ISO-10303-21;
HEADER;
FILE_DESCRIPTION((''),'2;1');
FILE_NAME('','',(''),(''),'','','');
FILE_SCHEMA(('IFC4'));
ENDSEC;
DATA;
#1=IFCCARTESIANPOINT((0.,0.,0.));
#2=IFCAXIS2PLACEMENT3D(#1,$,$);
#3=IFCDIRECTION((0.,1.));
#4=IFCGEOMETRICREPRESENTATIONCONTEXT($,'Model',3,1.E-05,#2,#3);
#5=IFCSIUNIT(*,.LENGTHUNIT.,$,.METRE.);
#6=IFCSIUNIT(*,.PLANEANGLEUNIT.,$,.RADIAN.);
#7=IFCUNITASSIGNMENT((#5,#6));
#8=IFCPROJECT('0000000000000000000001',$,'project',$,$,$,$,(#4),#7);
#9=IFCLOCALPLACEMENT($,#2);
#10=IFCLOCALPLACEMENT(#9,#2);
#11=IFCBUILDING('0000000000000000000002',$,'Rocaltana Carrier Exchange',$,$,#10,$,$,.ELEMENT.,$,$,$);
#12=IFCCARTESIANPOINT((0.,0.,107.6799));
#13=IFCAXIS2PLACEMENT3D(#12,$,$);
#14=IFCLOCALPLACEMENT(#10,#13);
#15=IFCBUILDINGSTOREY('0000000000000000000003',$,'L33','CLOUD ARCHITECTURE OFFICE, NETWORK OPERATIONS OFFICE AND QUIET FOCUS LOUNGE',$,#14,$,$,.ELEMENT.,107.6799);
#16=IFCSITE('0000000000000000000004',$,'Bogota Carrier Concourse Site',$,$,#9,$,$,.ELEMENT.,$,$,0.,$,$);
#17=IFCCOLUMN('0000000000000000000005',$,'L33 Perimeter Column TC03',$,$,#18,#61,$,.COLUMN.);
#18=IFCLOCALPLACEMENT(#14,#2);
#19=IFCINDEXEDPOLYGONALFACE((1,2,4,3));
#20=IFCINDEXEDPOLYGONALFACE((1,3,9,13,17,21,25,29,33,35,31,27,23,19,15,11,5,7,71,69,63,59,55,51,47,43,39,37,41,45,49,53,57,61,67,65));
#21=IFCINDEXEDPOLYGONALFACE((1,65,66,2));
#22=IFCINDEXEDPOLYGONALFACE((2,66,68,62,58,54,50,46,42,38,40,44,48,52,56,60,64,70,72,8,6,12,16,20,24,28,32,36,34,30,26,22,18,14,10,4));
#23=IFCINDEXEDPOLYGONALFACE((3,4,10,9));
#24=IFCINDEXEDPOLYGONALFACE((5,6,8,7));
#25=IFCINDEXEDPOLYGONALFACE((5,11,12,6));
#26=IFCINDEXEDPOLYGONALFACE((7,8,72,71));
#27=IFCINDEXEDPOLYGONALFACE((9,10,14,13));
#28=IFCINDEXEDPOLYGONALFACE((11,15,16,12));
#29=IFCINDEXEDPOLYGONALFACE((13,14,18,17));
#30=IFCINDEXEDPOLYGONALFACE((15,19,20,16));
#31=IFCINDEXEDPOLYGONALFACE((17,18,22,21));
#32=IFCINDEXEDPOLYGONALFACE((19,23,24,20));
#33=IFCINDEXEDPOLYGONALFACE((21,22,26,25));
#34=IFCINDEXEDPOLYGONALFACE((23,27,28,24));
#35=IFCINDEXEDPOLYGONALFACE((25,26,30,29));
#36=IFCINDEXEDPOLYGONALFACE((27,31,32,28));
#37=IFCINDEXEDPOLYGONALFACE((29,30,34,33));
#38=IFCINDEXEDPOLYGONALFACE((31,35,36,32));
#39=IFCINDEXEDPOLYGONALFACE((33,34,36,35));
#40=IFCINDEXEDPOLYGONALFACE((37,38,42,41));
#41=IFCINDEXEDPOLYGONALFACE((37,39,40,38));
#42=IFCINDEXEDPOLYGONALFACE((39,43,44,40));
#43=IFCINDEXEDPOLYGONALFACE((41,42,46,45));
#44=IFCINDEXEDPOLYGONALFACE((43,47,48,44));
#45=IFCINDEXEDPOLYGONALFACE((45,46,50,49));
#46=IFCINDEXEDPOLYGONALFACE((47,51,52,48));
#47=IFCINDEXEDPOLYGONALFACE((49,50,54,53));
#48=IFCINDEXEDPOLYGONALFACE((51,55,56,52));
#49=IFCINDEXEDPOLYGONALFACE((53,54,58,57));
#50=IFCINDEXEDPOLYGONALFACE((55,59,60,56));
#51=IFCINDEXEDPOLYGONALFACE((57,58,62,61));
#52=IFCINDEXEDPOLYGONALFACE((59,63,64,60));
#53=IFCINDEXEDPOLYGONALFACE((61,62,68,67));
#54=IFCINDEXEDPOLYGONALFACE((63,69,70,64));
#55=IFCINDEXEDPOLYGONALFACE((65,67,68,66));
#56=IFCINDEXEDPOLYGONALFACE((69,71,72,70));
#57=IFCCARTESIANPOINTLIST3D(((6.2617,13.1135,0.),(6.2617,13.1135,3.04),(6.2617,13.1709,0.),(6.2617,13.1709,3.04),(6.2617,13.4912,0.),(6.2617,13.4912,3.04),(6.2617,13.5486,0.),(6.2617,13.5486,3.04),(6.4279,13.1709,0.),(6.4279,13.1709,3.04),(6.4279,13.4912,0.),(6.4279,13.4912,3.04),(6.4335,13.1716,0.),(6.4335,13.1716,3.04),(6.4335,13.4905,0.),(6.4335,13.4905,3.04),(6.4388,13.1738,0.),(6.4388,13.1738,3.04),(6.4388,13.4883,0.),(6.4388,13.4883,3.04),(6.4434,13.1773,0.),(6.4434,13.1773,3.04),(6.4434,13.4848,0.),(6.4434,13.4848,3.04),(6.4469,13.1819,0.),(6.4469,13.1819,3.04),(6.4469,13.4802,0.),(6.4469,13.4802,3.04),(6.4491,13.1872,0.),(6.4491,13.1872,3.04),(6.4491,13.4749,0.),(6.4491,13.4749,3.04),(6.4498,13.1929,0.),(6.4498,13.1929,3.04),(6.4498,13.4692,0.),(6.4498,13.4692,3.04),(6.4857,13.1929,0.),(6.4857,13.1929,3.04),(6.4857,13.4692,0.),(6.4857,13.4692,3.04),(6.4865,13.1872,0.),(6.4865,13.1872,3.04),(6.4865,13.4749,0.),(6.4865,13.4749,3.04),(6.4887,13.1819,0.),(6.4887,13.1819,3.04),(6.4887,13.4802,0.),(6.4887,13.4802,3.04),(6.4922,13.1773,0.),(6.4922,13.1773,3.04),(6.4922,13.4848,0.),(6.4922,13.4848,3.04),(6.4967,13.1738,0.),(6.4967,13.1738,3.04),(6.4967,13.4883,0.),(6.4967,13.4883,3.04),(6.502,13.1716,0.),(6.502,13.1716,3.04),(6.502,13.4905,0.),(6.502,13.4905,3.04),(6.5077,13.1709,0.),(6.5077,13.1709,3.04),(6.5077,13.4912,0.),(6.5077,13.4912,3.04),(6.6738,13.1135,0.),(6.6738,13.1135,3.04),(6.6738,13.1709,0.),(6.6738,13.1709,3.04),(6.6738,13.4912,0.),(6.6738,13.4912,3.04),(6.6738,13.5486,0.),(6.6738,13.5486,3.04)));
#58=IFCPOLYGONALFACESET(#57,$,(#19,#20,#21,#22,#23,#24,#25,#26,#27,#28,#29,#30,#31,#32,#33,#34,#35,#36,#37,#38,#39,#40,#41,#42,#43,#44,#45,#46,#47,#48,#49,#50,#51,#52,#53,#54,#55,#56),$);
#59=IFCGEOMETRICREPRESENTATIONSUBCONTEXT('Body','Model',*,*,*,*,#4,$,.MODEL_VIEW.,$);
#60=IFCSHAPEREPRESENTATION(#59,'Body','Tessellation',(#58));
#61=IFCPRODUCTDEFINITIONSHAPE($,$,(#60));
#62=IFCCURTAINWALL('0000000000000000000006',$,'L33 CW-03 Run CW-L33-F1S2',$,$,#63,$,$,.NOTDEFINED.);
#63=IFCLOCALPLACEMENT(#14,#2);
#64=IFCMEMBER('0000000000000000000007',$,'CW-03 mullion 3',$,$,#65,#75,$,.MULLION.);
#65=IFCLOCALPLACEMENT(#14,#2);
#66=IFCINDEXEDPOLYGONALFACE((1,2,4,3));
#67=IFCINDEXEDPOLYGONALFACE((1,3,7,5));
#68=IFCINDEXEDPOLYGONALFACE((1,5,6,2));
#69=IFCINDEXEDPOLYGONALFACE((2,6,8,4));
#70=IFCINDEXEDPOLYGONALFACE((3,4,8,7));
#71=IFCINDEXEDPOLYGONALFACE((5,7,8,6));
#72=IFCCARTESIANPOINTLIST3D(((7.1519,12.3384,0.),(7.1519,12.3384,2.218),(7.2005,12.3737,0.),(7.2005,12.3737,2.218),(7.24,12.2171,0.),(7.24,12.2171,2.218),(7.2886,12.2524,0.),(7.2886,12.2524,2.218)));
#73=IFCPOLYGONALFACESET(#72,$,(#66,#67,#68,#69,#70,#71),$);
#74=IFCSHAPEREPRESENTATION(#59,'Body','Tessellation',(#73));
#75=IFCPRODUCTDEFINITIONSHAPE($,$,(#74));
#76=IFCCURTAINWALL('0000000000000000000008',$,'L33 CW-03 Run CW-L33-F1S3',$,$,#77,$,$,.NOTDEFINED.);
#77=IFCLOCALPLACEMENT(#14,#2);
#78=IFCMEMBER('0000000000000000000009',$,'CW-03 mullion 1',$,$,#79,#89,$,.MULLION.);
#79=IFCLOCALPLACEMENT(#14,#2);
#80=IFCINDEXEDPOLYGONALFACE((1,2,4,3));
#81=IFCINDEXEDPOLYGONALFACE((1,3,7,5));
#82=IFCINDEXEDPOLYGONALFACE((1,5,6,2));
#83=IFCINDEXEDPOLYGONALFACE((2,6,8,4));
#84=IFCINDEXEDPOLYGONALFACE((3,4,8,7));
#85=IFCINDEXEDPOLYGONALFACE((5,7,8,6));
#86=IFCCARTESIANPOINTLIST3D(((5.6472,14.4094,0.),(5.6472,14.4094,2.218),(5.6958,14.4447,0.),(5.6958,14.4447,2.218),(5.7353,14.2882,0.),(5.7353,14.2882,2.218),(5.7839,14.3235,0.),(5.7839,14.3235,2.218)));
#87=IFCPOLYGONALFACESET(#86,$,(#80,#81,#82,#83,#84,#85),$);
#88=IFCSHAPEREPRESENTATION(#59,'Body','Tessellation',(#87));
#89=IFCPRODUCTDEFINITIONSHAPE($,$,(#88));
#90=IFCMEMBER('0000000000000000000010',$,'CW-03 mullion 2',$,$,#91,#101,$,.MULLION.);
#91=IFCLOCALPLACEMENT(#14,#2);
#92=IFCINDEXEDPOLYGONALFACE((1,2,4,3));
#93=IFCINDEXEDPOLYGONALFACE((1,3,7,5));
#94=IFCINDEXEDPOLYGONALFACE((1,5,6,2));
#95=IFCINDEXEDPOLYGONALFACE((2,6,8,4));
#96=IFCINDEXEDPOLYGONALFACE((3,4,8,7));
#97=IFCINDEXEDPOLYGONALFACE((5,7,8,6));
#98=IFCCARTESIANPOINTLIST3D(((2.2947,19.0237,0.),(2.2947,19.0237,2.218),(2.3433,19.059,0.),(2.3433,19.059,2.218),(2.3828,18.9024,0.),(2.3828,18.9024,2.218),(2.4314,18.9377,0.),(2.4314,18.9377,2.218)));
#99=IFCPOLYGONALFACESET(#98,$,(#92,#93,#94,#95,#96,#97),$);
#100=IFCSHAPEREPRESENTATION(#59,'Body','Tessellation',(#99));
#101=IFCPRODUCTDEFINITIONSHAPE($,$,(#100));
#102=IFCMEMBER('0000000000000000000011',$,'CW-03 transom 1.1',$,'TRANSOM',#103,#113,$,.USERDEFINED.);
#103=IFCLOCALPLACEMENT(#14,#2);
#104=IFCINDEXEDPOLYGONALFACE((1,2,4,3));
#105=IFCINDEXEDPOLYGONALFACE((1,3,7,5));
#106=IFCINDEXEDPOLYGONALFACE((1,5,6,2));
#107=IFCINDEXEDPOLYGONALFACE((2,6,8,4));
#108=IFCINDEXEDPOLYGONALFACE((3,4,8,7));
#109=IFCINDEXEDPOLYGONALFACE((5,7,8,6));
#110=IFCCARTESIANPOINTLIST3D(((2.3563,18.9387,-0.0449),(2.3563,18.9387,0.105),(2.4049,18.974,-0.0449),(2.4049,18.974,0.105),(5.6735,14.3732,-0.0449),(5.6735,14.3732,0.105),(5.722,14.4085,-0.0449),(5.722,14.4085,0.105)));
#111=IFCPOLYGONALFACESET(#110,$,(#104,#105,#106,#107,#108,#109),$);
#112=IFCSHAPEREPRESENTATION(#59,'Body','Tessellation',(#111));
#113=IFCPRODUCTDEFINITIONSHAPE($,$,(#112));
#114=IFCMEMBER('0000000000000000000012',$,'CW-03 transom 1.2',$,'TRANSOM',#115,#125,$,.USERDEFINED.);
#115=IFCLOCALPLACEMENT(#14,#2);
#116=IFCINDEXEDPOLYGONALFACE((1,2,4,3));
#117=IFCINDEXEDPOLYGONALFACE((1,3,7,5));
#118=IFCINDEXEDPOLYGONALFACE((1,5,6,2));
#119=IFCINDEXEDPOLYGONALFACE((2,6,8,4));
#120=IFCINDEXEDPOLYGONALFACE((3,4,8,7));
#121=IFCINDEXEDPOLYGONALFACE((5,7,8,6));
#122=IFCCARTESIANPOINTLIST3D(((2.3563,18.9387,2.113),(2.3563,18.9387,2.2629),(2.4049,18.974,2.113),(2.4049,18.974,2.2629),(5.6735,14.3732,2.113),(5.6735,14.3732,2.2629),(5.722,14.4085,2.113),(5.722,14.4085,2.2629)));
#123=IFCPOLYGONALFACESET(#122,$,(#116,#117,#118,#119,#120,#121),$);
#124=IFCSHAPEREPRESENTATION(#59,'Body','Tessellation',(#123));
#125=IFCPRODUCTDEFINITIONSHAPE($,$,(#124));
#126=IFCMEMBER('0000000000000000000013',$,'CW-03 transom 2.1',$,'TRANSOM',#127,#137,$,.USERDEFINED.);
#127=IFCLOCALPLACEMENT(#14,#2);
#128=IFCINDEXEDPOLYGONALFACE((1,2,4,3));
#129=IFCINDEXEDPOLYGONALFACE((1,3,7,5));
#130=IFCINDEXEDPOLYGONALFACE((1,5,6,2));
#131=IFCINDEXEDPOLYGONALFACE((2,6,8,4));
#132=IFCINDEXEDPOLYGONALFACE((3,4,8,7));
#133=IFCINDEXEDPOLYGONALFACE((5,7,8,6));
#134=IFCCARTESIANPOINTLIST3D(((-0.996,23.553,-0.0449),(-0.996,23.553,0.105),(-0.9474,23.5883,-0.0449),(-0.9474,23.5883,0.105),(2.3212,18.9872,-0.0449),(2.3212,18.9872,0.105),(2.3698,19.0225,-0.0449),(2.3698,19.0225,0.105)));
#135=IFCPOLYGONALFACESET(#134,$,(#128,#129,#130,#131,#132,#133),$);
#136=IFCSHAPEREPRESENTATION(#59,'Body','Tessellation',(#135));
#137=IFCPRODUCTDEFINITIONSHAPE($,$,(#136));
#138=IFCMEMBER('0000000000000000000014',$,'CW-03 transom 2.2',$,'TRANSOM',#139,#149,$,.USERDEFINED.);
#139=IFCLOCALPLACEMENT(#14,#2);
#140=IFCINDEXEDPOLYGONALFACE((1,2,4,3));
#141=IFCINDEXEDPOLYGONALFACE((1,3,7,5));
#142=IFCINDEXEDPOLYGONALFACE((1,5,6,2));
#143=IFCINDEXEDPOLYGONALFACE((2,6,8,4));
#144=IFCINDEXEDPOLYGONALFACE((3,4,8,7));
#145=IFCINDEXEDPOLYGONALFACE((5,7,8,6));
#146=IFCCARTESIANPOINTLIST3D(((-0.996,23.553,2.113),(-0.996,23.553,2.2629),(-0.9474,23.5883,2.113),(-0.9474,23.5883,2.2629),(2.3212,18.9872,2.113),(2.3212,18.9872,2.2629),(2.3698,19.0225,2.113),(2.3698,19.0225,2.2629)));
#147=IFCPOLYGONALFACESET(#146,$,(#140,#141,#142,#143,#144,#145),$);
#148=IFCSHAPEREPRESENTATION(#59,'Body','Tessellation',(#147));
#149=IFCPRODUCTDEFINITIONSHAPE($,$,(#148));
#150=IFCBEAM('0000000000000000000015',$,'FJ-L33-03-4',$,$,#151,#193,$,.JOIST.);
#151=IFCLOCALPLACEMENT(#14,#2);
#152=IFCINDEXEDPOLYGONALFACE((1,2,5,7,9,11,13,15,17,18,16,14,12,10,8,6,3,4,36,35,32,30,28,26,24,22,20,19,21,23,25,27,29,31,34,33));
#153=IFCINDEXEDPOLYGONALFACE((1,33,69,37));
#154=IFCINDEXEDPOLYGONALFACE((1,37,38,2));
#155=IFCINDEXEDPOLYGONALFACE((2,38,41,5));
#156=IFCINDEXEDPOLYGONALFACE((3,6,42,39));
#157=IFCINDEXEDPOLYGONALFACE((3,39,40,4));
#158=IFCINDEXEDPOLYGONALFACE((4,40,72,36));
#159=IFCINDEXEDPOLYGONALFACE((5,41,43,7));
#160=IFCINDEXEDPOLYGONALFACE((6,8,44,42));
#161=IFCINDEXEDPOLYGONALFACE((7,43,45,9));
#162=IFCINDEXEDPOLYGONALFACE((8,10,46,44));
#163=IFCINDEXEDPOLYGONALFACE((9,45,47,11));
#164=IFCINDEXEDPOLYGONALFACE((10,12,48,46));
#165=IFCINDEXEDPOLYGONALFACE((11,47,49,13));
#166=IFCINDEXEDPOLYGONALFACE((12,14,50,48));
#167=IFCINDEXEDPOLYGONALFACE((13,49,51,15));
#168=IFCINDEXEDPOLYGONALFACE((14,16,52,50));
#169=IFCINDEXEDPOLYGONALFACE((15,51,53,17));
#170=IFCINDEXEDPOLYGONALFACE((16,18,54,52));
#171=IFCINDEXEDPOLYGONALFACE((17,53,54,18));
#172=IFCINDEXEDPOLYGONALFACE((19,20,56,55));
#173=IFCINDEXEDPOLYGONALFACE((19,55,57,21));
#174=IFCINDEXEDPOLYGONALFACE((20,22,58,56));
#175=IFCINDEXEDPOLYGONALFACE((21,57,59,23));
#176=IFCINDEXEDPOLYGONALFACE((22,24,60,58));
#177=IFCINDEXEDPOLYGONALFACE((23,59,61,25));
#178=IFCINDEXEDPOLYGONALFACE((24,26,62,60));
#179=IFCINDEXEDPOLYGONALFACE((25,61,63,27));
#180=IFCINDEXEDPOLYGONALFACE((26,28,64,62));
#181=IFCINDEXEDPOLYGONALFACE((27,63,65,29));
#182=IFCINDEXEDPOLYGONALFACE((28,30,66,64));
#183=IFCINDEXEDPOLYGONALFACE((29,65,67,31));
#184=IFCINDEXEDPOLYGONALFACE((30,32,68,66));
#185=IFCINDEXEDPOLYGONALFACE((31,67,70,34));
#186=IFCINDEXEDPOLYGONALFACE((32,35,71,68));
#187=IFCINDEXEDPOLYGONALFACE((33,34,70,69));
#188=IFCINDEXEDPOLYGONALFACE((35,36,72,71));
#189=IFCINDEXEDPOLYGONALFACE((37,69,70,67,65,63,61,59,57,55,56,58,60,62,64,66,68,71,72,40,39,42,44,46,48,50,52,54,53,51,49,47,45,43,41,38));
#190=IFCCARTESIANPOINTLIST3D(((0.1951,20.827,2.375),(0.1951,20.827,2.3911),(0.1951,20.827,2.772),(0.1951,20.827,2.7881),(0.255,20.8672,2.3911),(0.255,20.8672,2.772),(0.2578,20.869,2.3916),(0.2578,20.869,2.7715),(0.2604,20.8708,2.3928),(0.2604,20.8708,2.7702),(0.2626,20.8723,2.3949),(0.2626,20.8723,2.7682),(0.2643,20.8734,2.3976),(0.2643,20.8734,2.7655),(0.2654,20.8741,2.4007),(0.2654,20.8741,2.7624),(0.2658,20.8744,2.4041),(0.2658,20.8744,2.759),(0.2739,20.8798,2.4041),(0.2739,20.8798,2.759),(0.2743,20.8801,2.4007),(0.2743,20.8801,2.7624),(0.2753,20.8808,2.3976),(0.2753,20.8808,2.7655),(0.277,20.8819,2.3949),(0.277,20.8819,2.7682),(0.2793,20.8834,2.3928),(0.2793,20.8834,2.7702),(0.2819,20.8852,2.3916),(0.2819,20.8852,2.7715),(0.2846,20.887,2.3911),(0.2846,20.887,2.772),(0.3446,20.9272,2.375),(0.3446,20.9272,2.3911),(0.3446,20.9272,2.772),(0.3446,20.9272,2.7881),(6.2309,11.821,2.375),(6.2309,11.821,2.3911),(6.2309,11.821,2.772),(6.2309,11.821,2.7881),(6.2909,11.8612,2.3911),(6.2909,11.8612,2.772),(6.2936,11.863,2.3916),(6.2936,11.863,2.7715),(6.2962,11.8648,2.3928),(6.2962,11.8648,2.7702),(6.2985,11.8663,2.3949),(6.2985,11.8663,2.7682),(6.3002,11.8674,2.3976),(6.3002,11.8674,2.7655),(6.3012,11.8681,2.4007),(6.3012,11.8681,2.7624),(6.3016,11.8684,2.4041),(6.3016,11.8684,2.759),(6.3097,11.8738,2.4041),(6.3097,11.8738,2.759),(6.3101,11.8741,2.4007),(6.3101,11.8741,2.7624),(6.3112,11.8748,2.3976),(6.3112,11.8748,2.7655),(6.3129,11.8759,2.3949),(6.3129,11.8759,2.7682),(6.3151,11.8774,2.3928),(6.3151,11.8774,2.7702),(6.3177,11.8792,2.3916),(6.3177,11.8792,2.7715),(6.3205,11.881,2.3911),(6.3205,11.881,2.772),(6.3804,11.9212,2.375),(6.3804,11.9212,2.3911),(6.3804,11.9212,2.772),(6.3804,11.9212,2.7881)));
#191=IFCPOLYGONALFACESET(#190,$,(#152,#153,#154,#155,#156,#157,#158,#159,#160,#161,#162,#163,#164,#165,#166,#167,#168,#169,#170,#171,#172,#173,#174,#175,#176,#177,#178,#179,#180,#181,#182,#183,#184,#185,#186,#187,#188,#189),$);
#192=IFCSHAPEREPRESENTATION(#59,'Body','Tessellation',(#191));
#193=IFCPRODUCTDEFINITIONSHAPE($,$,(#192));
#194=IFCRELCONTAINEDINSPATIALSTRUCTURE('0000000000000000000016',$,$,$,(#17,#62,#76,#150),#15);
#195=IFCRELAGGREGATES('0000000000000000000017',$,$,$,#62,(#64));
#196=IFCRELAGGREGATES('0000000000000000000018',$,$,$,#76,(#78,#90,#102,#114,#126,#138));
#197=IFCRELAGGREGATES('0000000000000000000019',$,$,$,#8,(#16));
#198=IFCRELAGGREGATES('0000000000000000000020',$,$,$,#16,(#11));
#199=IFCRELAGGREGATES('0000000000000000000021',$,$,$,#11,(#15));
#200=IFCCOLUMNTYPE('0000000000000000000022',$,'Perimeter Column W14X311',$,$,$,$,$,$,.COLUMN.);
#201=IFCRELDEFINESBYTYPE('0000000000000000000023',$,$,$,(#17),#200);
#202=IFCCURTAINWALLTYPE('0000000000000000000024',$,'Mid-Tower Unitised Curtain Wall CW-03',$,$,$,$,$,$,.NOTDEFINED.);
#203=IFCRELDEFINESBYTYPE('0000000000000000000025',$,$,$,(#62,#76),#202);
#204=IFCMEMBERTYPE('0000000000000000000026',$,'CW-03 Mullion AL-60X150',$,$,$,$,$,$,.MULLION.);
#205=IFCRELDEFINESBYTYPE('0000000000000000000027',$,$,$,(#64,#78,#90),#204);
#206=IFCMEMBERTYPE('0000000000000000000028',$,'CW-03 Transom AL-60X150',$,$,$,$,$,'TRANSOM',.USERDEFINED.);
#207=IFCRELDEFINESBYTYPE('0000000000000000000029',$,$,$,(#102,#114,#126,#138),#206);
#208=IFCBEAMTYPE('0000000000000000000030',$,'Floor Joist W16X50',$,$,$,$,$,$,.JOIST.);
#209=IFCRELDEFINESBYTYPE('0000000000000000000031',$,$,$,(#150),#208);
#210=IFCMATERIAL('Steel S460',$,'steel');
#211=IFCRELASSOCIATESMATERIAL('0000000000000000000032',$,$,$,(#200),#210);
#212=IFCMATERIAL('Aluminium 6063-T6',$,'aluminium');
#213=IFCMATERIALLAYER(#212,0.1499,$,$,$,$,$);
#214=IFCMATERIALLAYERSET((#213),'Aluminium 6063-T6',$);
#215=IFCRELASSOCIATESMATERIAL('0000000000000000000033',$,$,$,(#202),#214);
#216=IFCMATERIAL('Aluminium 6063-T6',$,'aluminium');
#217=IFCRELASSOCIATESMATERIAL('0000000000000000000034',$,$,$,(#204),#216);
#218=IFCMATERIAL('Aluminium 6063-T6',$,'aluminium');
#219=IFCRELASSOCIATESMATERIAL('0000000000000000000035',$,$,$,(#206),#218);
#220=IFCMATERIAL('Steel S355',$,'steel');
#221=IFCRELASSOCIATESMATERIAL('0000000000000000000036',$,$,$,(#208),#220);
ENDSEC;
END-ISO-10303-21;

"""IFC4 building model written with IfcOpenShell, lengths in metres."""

from ifc_helpers import new_model, si_unit, direction, frame, origin, origin_2d, place, context, subcontext, project, spatial, rectangle, i_section, extrude, material, layer, layer_set, material_profile, profile_set, type_object, element, aggregate, save


model = new_model("IFC4")

# Units and contexts
model_context = context("Model", 3, precision=1e-05, world=origin(), true_north=direction((0.0, 1.0)))
body_context = subcontext(model_context, "Body", "Model", "MODEL_VIEW")
ifc_project = project(units=[si_unit("LENGTHUNIT", "METRE"), si_unit("PLANEANGLEUNIT", "RADIAN")], contexts=[model_context])

# Site, building, storey
site_placement = place(None, origin())
site = spatial("IfcSite", under=ifc_project, at=site_placement, Name="Bogota Carrier Concourse Site", CompositionType="ELEMENT", RefElevation=0.0)
building_placement = place(site_placement, origin())
building = spatial("IfcBuilding", under=site, at=building_placement, Name="Rocaltana Carrier Exchange", CompositionType="ELEMENT")
storey_placement = place(building_placement, frame((0.0, 0.0, 107.6799)))
storey = spatial("IfcBuildingStorey", under=building, at=storey_placement, Name="L33", Description="CLOUD ARCHITECTURE OFFICE, NETWORK OPERATIONS OFFICE AND QUIET FOCUS LOUNGE", CompositionType="ELEMENT", Elevation=107.6799)

# Column
ifc_material_1 = material(Name="Steel S460", Category="steel")
ifc_material_profile_1 = material_profile(ifc_material_1, i_section(OverallWidth=0.4121, OverallDepth=0.4351, WebThickness=0.0359, FlangeThickness=0.0574, FilletRadius=0.022, at=origin_2d()), Name="W14X311")
ifc_profile_set_1 = profile_set([ifc_material_profile_1], Name="Steel S460")
column_type = type_object("IfcColumnType", Name="Perimeter Column W14X311", PredefinedType="COLUMN", material=ifc_profile_set_1)
column_placement = place(storey_placement, frame((6.4678, 13.3311, 0.0), z_axis=(0.0, 0.0, 1.0), x_axis=(1.0, 0.0, 0.0)))
element("IfcColumn", 1, at=column_placement, inside=storey, type_object=column_type, Name="L33 Perimeter Column TC03", PredefinedType="COLUMN", context=body_context, shape_type="SweptSolid", body=[
    extrude(i_section(OverallWidth=0.4121, OverallDepth=0.4351, WebThickness=0.0359, FlangeThickness=0.0574, FilletRadius=0.022, at=origin_2d()), origin(), (0.0, 0.0, 1.0), 3.04),
])

# Curtain wall, member
ifc_material_2 = material(Name="Aluminium 6063-T6", Category="aluminium")
ifc_layer_1 = layer(ifc_material_2, 0.1499)
ifc_layer_set_1 = layer_set([ifc_layer_1], Name="Aluminium 6063-T6")
curtain_wall_type = type_object("IfcCurtainWallType", Name="Mid-Tower Unitised Curtain Wall CW-03", PredefinedType="NOTDEFINED", material=ifc_layer_set_1)
curtain_wall_1_placement = place(storey_placement, origin())
curtain_wall_1 = element("IfcCurtainWall", 2, at=curtain_wall_1_placement, inside=storey, type_object=curtain_wall_type, Name="L33 CW-03 Run CW-L33-F1S2", PredefinedType="NOTDEFINED")
ifc_material_3 = material(Name="Aluminium 6063-T6", Category="aluminium")
ifc_material_profile_2 = material_profile(ifc_material_3, rectangle(XDim=0.0601, YDim=0.1499, at=origin_2d()), Name="AL-60X150")
ifc_profile_set_2 = profile_set([ifc_material_profile_2], Name="Aluminium 6063-T6")
member_type_1 = type_object("IfcMemberType", Name="CW-03 Mullion AL-60X150", PredefinedType="MULLION", material=ifc_profile_set_2)
member_1_placement = place(storey_placement, frame((7.2202, 12.2954, 0.0), z_axis=(0.0, 0.0, 1.0), x_axis=(-0.809014, -0.58779, 0.0)))
member_1 = element("IfcMember", 3, at=member_1_placement, type_object=member_type_1, Name="CW-03 mullion 3", PredefinedType="MULLION", context=body_context, shape_type="SweptSolid", body=[
    extrude(rectangle(XDim=0.0601, YDim=0.1499, at=origin_2d()), origin(), (0.0, 0.0, 1.0), 2.218),
])

# Curtain wall, members
curtain_wall_2_placement = place(storey_placement, origin())
curtain_wall_2 = element("IfcCurtainWall", 4, at=curtain_wall_2_placement, inside=storey, type_object=curtain_wall_type, Name="L33 CW-03 Run CW-L33-F1S3", PredefinedType="NOTDEFINED")
member_2_placement = place(storey_placement, frame((5.7156, 14.3665, 0.0), z_axis=(0.0, 0.0, 1.0), x_axis=(-0.809014, -0.58779, 0.0)))
member_2 = element("IfcMember", 5, at=member_2_placement, type_object=member_type_1, Name="CW-03 mullion 1", PredefinedType="MULLION", context=body_context, shape_type="SweptSolid", body=[
    extrude(rectangle(XDim=0.0601, YDim=0.1499, at=origin_2d()), origin(), (0.0, 0.0, 1.0), 2.218),
])
member_3_placement = place(storey_placement, frame((2.363, 18.9807, 0.0), z_axis=(0.0, 0.0, 1.0), x_axis=(-0.809014, -0.58779, 0.0)))
member_3 = element("IfcMember", 6, at=member_3_placement, type_object=member_type_1, Name="CW-03 mullion 2", PredefinedType="MULLION", context=body_context, shape_type="SweptSolid", body=[
    extrude(rectangle(XDim=0.0601, YDim=0.1499, at=origin_2d()), origin(), (0.0, 0.0, 1.0), 2.218),
])
ifc_material_4 = material(Name="Aluminium 6063-T6", Category="aluminium")
ifc_material_profile_3 = material_profile(ifc_material_4, rectangle(XDim=0.0601, YDim=0.1499, at=origin_2d()), Name="AL-60X150")
ifc_profile_set_3 = profile_set([ifc_material_profile_3], Name="Aluminium 6063-T6")
member_type_2 = type_object("IfcMemberType", Name="CW-03 Transom AL-60X150", ElementType="TRANSOM", PredefinedType="USERDEFINED", material=ifc_profile_set_3)
member_4_placement = place(storey_placement, frame((5.6978, 14.3909, 0.03), z_axis=(-0.587804, 0.809004, 0.0), x_axis=(-0.809004, -0.587804, 0.0)))
member_4 = element("IfcMember", 7, at=member_4_placement, type_object=member_type_2, Name="CW-03 transom 1.1", ObjectType="TRANSOM", PredefinedType="USERDEFINED", context=body_context, shape_type="SweptSolid", body=[
    extrude(rectangle(XDim=0.0601, YDim=0.1499, at=origin_2d()), origin(), (0.0, 0.0, 1.0), 5.6433),
])
member_5_placement = place(storey_placement, frame((5.6978, 14.3909, 2.188), z_axis=(-0.587804, 0.809004, 0.0), x_axis=(-0.809004, -0.587804, 0.0)))
member_5 = element("IfcMember", 8, at=member_5_placement, type_object=member_type_2, Name="CW-03 transom 1.2", ObjectType="TRANSOM", PredefinedType="USERDEFINED", context=body_context, shape_type="SweptSolid", body=[
    extrude(rectangle(XDim=0.0601, YDim=0.1499, at=origin_2d()), origin(), (0.0, 0.0, 1.0), 5.6433),
])
member_6_placement = place(storey_placement, frame((2.3455, 19.0049, 0.03), z_axis=(-0.587783, 0.809018, 0.0), x_axis=(-0.809018, -0.587783, 0.0)))
member_6 = element("IfcMember", 9, at=member_6_placement, type_object=member_type_2, Name="CW-03 transom 2.1", ObjectType="TRANSOM", PredefinedType="USERDEFINED", context=body_context, shape_type="SweptSolid", body=[
    extrude(rectangle(XDim=0.0601, YDim=0.1499, at=origin_2d()), origin(), (0.0, 0.0, 1.0), 5.6436),
])
member_7_placement = place(storey_placement, frame((2.3455, 19.0049, 2.188), z_axis=(-0.587783, 0.809018, 0.0), x_axis=(-0.809018, -0.587783, 0.0)))
member_7 = element("IfcMember", 10, at=member_7_placement, type_object=member_type_2, Name="CW-03 transom 2.2", ObjectType="TRANSOM", PredefinedType="USERDEFINED", context=body_context, shape_type="SweptSolid", body=[
    extrude(rectangle(XDim=0.0601, YDim=0.1499, at=origin_2d()), origin(), (0.0, 0.0, 1.0), 5.6436),
])

# Beam
ifc_material_5 = material(Name="Steel S355", Category="steel")
ifc_material_profile_4 = material_profile(ifc_material_5, i_section(OverallWidth=0.1799, OverallDepth=0.4131, WebThickness=0.0098, FlangeThickness=0.0161, FilletRadius=0.0129, at=origin_2d()), Name="W16X50")
ifc_profile_set_4 = profile_set([ifc_material_profile_4], Name="Steel S355")
beam_type_1 = type_object("IfcBeamType", Name="Floor Joist W16X50", PredefinedType="JOIST", material=ifc_profile_set_4)
beam_1_placement = place(storey_placement, frame((6.3057, 11.8711, 2.5815), z_axis=(-0.55673, 0.830693, 0.0), x_axis=(-0.830693, -0.55673, 0.0)))
element("IfcBeam", 11, at=beam_1_placement, inside=storey, type_object=beam_type_1, Name="FJ-L33-03-4", PredefinedType="JOIST", context=body_context, shape_type="SweptSolid", body=[
    extrude(i_section(OverallWidth=0.1799, OverallDepth=0.4131, WebThickness=0.0098, FlangeThickness=0.0161, FilletRadius=0.0129, at=origin_2d()), origin(), (0.0, 0.0, 1.0), 10.8416),
])

aggregate(curtain_wall_1, [member_1])
aggregate(curtain_wall_2, [member_2, member_3, member_4, member_5, member_6, member_7])

save(model, "model.ifc")
